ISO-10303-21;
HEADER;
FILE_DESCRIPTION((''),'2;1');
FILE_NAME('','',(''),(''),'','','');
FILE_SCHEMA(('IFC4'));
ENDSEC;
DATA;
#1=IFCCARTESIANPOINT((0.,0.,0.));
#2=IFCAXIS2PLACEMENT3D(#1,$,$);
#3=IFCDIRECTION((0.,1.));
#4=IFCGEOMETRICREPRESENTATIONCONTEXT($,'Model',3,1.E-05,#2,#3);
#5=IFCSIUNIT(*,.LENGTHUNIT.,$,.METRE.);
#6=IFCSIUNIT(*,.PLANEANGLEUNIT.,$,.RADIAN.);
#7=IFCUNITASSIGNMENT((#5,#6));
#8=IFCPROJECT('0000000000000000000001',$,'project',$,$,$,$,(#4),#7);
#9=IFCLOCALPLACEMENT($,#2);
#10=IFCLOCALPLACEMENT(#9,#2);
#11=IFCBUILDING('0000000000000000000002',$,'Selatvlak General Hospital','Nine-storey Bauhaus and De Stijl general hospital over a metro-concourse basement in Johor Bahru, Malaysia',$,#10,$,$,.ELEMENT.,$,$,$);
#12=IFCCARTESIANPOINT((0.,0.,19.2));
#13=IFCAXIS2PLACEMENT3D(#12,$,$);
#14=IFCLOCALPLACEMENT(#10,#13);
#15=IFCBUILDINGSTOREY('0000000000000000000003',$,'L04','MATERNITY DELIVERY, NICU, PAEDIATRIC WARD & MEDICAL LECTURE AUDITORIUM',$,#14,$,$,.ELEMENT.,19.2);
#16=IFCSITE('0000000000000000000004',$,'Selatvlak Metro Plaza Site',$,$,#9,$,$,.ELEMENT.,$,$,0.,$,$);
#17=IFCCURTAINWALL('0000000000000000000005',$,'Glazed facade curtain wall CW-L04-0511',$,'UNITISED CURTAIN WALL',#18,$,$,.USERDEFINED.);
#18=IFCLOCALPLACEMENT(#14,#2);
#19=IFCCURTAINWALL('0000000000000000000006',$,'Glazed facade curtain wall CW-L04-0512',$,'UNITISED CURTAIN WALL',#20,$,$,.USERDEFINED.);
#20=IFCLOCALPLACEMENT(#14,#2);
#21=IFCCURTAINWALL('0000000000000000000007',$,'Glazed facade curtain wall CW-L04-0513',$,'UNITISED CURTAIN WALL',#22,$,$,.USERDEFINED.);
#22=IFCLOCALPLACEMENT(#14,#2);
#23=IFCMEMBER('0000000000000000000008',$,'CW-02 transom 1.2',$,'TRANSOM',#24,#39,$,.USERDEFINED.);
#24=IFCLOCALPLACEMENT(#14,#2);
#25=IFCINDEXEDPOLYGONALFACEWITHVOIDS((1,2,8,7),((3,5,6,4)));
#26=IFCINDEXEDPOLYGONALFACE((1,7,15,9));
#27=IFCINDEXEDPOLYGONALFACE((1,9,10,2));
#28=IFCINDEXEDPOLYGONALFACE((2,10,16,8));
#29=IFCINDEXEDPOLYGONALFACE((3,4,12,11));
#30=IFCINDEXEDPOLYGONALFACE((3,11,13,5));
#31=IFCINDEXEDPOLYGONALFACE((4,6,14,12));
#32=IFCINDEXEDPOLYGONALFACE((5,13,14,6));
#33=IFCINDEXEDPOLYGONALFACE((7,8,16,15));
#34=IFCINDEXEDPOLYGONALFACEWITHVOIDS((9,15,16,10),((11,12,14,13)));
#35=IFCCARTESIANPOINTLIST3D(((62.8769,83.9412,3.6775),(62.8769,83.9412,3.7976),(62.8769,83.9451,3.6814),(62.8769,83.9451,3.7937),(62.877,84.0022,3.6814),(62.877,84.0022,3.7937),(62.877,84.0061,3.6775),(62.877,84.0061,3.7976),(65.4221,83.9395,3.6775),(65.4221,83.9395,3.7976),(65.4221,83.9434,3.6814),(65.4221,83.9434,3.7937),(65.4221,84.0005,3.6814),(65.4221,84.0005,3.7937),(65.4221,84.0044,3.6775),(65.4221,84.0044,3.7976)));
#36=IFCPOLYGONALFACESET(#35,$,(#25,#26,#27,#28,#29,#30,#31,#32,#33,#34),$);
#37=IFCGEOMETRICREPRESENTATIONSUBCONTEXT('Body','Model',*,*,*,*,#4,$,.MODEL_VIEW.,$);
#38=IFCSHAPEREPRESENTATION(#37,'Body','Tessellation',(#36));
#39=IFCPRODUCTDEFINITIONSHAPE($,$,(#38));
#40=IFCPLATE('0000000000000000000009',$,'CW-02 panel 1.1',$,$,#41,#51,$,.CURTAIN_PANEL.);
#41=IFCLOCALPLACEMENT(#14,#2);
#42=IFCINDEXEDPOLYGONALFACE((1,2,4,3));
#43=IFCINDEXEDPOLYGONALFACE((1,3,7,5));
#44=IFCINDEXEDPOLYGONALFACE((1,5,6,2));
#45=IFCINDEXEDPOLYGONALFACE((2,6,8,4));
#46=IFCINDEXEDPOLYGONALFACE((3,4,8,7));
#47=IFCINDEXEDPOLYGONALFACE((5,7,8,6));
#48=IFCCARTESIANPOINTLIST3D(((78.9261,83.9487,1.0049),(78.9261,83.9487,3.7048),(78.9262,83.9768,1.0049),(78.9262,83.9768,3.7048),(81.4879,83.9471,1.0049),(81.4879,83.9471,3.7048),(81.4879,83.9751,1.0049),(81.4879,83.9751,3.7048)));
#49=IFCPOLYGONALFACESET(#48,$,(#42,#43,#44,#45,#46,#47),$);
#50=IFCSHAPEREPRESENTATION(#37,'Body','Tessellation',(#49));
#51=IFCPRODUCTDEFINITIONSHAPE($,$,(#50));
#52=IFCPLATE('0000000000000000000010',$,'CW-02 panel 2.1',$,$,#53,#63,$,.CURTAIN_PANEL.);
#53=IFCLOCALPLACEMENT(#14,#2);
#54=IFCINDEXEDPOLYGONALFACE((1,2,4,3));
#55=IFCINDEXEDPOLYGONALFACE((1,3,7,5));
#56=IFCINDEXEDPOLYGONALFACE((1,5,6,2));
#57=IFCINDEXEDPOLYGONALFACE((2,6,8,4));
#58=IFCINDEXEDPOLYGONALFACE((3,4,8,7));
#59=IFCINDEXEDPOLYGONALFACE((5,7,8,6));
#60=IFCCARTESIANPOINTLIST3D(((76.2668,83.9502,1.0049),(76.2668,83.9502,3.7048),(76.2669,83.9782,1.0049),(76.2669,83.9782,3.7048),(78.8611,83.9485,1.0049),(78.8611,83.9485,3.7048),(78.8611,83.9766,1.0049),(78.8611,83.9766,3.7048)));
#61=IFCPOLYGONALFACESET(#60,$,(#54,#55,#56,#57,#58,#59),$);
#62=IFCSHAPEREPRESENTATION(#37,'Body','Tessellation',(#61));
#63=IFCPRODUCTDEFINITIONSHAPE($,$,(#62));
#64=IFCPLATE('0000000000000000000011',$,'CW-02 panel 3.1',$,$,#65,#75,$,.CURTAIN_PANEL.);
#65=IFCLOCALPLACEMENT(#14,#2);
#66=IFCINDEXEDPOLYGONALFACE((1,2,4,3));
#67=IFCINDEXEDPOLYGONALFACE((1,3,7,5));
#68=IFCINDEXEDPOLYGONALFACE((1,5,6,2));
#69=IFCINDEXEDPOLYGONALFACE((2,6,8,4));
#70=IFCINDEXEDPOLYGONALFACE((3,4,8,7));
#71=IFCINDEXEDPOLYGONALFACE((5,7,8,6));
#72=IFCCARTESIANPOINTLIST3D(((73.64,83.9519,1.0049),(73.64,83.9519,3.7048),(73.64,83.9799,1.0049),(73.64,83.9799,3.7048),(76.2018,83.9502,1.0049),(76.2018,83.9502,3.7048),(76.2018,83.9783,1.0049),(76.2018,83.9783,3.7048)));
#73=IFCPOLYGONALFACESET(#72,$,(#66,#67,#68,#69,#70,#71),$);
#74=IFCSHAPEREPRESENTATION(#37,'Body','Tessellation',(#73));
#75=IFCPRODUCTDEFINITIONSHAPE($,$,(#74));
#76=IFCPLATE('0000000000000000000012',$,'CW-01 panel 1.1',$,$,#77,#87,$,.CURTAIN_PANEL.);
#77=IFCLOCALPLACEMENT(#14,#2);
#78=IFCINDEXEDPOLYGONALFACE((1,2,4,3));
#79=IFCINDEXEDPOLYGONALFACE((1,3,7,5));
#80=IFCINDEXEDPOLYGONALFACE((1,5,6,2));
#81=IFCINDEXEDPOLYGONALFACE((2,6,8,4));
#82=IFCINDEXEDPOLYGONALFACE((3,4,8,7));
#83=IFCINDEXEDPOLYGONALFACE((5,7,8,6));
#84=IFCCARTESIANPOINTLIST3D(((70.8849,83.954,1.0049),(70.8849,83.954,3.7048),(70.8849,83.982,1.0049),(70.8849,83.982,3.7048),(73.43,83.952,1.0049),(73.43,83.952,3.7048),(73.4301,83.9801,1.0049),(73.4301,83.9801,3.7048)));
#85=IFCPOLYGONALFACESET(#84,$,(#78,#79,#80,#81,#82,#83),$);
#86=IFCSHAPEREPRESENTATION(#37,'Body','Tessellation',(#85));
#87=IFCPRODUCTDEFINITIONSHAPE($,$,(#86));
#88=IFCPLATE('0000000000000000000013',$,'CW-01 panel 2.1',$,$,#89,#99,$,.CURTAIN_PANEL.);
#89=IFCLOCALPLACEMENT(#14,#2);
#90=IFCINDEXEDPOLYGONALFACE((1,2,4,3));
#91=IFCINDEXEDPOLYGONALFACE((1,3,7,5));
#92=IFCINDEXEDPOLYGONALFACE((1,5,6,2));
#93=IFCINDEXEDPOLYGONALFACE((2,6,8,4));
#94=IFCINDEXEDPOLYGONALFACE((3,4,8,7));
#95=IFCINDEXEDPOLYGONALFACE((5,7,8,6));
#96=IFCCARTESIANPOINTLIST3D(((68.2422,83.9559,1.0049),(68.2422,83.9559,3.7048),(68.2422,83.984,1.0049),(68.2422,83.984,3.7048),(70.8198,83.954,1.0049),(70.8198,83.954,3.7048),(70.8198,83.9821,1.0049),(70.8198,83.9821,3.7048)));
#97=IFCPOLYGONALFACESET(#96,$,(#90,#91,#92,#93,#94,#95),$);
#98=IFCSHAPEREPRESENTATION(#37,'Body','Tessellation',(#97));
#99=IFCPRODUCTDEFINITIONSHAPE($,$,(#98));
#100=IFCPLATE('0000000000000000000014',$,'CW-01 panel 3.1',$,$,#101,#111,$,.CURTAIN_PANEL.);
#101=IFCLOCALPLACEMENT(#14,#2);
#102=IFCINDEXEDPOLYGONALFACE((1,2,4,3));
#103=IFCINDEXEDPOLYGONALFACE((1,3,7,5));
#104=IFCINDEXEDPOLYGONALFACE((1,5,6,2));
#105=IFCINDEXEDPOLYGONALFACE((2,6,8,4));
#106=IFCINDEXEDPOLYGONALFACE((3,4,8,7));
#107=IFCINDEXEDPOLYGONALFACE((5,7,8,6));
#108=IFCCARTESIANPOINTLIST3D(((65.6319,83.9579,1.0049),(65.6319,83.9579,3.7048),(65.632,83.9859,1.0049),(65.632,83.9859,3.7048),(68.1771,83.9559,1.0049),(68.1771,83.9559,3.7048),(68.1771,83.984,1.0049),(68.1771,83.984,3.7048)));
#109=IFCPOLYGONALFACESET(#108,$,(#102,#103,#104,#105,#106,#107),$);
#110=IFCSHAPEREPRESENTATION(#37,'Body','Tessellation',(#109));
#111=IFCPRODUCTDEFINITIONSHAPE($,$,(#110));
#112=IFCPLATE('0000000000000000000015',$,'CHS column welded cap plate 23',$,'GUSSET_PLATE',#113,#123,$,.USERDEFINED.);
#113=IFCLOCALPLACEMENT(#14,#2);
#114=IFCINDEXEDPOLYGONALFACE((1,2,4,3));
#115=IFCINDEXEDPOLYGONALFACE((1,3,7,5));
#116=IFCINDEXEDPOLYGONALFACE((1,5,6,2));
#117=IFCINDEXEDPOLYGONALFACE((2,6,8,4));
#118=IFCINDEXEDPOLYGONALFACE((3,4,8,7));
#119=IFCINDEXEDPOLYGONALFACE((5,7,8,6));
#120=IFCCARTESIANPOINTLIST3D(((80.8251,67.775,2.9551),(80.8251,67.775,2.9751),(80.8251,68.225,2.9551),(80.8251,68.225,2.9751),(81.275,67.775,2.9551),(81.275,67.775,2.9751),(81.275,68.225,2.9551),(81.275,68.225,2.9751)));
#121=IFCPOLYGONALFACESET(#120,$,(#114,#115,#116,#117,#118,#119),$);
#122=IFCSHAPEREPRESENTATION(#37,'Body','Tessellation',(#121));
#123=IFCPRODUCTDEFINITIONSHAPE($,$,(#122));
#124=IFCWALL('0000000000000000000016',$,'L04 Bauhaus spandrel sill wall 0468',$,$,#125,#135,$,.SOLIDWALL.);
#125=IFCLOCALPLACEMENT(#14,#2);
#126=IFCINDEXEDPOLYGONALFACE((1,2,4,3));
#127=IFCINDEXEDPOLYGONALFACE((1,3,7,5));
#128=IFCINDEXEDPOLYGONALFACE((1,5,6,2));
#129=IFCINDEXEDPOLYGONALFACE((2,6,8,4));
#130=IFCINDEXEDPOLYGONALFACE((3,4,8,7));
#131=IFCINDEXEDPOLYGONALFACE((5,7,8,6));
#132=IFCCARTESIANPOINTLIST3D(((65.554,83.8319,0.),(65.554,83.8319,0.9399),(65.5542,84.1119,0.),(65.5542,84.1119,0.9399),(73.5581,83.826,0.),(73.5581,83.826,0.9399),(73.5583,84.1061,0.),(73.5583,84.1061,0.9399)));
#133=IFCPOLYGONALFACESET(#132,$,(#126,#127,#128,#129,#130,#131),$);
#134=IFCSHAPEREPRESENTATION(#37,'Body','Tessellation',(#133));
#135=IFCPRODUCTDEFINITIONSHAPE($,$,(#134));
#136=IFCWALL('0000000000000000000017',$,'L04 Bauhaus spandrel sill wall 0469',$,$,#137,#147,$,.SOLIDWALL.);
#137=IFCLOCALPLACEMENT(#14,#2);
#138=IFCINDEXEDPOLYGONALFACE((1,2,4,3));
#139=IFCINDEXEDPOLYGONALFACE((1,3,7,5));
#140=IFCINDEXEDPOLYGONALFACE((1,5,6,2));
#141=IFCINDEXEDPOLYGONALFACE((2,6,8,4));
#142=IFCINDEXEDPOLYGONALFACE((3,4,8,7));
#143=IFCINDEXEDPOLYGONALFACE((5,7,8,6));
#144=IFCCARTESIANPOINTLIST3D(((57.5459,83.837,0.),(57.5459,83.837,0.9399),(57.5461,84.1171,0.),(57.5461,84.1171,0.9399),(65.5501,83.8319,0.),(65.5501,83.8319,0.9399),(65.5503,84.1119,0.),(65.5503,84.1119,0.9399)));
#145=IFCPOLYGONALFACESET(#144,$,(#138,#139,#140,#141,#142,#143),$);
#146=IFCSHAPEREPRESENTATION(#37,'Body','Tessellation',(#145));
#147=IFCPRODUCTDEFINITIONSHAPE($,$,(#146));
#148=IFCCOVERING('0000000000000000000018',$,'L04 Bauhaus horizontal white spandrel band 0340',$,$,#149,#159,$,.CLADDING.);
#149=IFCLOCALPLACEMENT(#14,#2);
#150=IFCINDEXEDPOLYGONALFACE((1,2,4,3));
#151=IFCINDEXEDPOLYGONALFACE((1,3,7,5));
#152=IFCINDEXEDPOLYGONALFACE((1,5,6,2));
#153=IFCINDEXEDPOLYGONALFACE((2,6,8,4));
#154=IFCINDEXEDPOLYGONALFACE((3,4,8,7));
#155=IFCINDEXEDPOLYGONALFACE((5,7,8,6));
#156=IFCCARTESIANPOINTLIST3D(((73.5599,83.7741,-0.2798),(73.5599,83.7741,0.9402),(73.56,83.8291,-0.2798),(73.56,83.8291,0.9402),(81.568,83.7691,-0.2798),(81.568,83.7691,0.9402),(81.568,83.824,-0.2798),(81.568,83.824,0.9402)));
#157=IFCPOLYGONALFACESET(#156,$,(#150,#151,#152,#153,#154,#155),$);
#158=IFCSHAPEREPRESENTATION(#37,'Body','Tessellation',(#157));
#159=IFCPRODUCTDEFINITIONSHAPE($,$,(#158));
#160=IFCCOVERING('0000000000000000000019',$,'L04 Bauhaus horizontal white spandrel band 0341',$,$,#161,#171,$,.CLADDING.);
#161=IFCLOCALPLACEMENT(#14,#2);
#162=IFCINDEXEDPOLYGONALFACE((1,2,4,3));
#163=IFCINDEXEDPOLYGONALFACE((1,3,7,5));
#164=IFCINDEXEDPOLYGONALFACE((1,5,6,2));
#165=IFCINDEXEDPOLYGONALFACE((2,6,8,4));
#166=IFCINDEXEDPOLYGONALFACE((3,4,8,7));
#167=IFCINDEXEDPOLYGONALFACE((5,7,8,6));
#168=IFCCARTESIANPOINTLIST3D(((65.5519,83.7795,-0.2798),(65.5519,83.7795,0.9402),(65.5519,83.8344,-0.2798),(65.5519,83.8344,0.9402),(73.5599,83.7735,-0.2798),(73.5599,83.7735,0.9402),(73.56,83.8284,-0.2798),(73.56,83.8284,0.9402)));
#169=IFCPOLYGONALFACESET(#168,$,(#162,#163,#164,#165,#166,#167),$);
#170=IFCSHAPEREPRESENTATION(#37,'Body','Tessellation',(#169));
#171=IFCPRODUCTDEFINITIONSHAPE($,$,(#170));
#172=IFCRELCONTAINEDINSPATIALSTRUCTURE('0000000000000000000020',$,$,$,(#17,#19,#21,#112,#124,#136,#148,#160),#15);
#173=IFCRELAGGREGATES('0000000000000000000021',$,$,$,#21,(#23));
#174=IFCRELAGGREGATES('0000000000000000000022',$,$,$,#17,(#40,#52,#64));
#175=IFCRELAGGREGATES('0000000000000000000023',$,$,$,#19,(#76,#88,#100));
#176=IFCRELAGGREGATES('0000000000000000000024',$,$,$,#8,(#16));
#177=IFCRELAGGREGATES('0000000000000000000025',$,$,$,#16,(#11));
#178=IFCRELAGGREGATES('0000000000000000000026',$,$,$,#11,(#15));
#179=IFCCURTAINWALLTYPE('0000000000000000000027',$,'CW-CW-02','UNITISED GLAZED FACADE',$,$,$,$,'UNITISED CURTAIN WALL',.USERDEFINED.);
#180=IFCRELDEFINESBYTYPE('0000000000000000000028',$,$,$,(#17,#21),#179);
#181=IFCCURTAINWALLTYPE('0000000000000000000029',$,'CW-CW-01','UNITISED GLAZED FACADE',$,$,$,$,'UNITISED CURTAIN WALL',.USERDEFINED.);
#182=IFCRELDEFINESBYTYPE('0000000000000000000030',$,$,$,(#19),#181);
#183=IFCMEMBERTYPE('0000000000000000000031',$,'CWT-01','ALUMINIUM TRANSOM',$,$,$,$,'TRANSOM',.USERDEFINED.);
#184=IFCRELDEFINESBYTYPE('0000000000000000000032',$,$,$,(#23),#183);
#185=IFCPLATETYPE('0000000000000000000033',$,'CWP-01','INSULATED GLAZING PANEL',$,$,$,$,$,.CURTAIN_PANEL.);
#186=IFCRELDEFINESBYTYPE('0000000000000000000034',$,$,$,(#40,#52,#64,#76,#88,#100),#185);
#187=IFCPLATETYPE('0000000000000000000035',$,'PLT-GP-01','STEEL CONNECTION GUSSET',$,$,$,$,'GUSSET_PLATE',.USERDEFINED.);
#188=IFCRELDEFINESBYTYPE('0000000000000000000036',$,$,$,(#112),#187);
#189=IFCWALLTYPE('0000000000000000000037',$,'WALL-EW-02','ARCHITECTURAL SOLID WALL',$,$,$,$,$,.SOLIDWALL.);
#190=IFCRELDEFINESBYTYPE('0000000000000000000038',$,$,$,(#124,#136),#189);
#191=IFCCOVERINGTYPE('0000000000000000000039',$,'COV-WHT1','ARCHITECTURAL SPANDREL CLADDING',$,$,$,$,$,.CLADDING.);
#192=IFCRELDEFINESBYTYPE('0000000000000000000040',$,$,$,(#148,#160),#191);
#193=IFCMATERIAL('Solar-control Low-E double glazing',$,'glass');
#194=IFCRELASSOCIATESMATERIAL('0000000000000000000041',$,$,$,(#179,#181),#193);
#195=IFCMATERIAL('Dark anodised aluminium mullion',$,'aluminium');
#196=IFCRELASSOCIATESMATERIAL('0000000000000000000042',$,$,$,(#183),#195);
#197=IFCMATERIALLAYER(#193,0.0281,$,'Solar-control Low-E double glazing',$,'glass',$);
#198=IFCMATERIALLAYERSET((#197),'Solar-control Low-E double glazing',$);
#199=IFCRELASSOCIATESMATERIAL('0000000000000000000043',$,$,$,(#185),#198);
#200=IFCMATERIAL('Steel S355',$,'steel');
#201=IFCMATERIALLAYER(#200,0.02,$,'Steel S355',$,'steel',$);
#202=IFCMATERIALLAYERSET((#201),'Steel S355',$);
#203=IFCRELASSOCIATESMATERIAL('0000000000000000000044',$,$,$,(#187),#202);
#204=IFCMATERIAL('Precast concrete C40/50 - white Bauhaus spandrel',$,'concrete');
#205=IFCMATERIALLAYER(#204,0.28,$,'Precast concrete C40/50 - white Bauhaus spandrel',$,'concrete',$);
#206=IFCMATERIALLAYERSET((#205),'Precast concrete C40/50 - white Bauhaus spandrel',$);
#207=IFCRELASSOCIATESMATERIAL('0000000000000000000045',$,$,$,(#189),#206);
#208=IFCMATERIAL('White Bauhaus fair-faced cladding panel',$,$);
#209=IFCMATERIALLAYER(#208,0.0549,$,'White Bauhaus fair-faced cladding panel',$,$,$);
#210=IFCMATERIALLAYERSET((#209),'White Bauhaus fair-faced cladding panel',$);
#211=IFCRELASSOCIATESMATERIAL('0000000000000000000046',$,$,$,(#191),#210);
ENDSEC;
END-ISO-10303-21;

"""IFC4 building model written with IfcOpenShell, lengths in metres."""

from ifc_helpers import new_model, si_unit, direction, frame, frame_2d, origin, origin_2d, place, context, subcontext, project, spatial, rectangle, hollow_rectangle, extrude, material, layer, layer_set, material_profile, profile_set, type_object, element, aggregate, save


model = new_model("IFC4")

# Units and contexts
model_context = context("Model", 3, precision=1e-05, world=origin(), true_north=direction((0.0, 1.0)))
body_context = subcontext(model_context, "Body", "Model", "MODEL_VIEW")
ifc_project = project(units=[si_unit("LENGTHUNIT", "METRE"), si_unit("PLANEANGLEUNIT", "RADIAN")], contexts=[model_context])

# Site, building, storey
site_placement = place(None, origin())
site = spatial("IfcSite", under=ifc_project, at=site_placement, Name="Selatvlak Metro Plaza Site", CompositionType="ELEMENT", RefElevation=0.0)
building_placement = place(site_placement, origin())
building = spatial("IfcBuilding", under=site, at=building_placement, Name="Selatvlak General Hospital", Description="Nine-storey Bauhaus and De Stijl general hospital over a metro-concourse basement in Johor Bahru, Malaysia", CompositionType="ELEMENT")
storey_placement = place(building_placement, frame((0.0, 0.0, 19.2)))
storey = spatial("IfcBuildingStorey", under=building, at=storey_placement, Name="L04", Description="MATERNITY DELIVERY, NICU, PAEDIATRIC WARD & MEDICAL LECTURE AUDITORIUM", CompositionType="ELEMENT", Elevation=19.2)

# Shared definitions
ifc_material_1 = material(Name="Steel S355", Category="steel")

# Curtain walls
ifc_material_2 = material(Name="Solar-control Low-E double glazing", Category="glass")
curtain_wall_type_1 = type_object("IfcCurtainWallType", Name="CW-CW-02", Description="UNITISED GLAZED FACADE", ElementType="UNITISED CURTAIN WALL", PredefinedType="USERDEFINED", material=ifc_material_2)
curtain_wall_1_placement = place(storey_placement, origin())
curtain_wall_1 = element("IfcCurtainWall", 1, at=curtain_wall_1_placement, inside=storey, type_object=curtain_wall_type_1, Name="Glazed facade curtain wall CW-L04-0511", ObjectType="UNITISED CURTAIN WALL", PredefinedType="USERDEFINED")
ifc_material_3 = material(Name="Dark anodised aluminium mullion", Category="aluminium")
curtain_wall_type_2 = type_object("IfcCurtainWallType", Name="CW-CW-01", Description="UNITISED GLAZED FACADE", ElementType="UNITISED CURTAIN WALL", PredefinedType="USERDEFINED", material=ifc_material_2)
curtain_wall_2_placement = place(storey_placement, origin())
curtain_wall_2 = element("IfcCurtainWall", 2, at=curtain_wall_2_placement, inside=storey, type_object=curtain_wall_type_2, Name="Glazed facade curtain wall CW-L04-0512", ObjectType="UNITISED CURTAIN WALL", PredefinedType="USERDEFINED")

# Curtain wall
curtain_wall_3_placement = place(storey_placement, origin())
curtain_wall_3 = element("IfcCurtainWall", 3, at=curtain_wall_3_placement, inside=storey, type_object=curtain_wall_type_1, Name="Glazed facade curtain wall CW-L04-0513", ObjectType="UNITISED CURTAIN WALL", PredefinedType="USERDEFINED")

# Member
ifc_material_profile_1 = material_profile(ifc_material_3, hollow_rectangle(XDim=0.0649, YDim=0.1201, WallThickness=0.0039, at=origin_2d()), Name="AL-TRN 65x120x4")
ifc_profile_set_1 = profile_set([ifc_material_profile_1], Name="Dark anodised aluminium mullion")
member_type_1 = type_object("IfcMemberType", Name="CWT-01", Description="ALUMINIUM TRANSOM", ElementType="TRANSOM", PredefinedType="USERDEFINED", material=ifc_profile_set_1)
member_1_placement = place(storey_placement, frame((65.4221, 83.9719, 3.7375), z_axis=(-1.0, 0.000671, 0.0), x_axis=(-0.000671, -1.0, 0.0)))
member_1 = element("IfcMember", 4, at=member_1_placement, type_object=member_type_1, Name="CW-02 transom 1.2", ObjectType="TRANSOM", PredefinedType="USERDEFINED", context=body_context, shape_type="SweptSolid", body=[
    extrude(hollow_rectangle(XDim=0.0649, YDim=0.1201, WallThickness=0.0039, at=origin_2d()), origin(), (0.0, 0.0, 1.0), 2.5452),
])
aggregate(curtain_wall_3, [member_1])

# Plates
ifc_layer_1 = layer(ifc_material_2, 0.0281, Name="Solar-control Low-E double glazing", Category="glass")
ifc_layer_set_1 = layer_set([ifc_layer_1], Name="Solar-control Low-E double glazing")
plate_type_1 = type_object("IfcPlateType", Name="CWP-01", Description="INSULATED GLAZING PANEL", PredefinedType="CURTAIN_PANEL", material=ifc_layer_set_1)
plate_1_placement = place(storey_placement, frame((80.207, 83.9619, 1.0049), z_axis=(0.0, 0.0, 1.0), x_axis=(-1.0, 0.000627, 0.0)))
plate_1 = element("IfcPlate", 5, at=plate_1_placement, type_object=plate_type_1, Name="CW-02 panel 1.1", PredefinedType="CURTAIN_PANEL", context=body_context, shape_type="SweptSolid", body=[
    extrude(rectangle(XDim=2.5618, YDim=0.0281, at=origin_2d()), origin(), (0.0, 0.0, 1.0), 2.7),
])
plate_2_placement = place(storey_placement, frame((77.564, 83.9634, 1.0049), z_axis=(0.0, 0.0, 1.0), x_axis=(-1.0, 0.000627, 0.0)))
plate_2 = element("IfcPlate", 6, at=plate_2_placement, type_object=plate_type_1, Name="CW-02 panel 2.1", PredefinedType="CURTAIN_PANEL", context=body_context, shape_type="SweptSolid", body=[
    extrude(rectangle(XDim=2.5942, YDim=0.0281, at=origin_2d()), origin(), (0.0, 0.0, 1.0), 2.7),
])
plate_3_placement = place(storey_placement, frame((74.9209, 83.9651, 1.0049), z_axis=(0.0, 0.0, 1.0), x_axis=(-1.0, 0.000627, 0.0)))
plate_3 = element("IfcPlate", 7, at=plate_3_placement, type_object=plate_type_1, Name="CW-02 panel 3.1", PredefinedType="CURTAIN_PANEL", context=body_context, shape_type="SweptSolid", body=[
    extrude(rectangle(XDim=2.5618, YDim=0.0281, at=origin_2d()), origin(), (0.0, 0.0, 1.0), 2.7),
])
aggregate(curtain_wall_1, [plate_1, plate_2, plate_3])
plate_4_placement = place(storey_placement, frame((72.1575, 83.967, 1.0049), z_axis=(0.0, 0.0, 1.0), x_axis=(-1.0, 0.000757, 0.0)))
plate_4 = element("IfcPlate", 8, at=plate_4_placement, type_object=plate_type_1, Name="CW-01 panel 1.1", PredefinedType="CURTAIN_PANEL", context=body_context, shape_type="SweptSolid", body=[
    extrude(rectangle(XDim=2.5452, YDim=0.0281, at=origin_2d()), origin(), (0.0, 0.0, 1.0), 2.7),
])
plate_5_placement = place(storey_placement, frame((69.531, 83.969, 1.0049), z_axis=(0.0, 0.0, 1.0), x_axis=(-1.0, 0.000757, 0.0)))
plate_5 = element("IfcPlate", 9, at=plate_5_placement, type_object=plate_type_1, Name="CW-01 panel 2.1", PredefinedType="CURTAIN_PANEL", context=body_context, shape_type="SweptSolid", body=[
    extrude(rectangle(XDim=2.5776, YDim=0.0281, at=origin_2d()), origin(), (0.0, 0.0, 1.0), 2.7),
])
plate_6_placement = place(storey_placement, frame((66.9045, 83.9709, 1.0049), z_axis=(0.0, 0.0, 1.0), x_axis=(-1.0, 0.000757, 0.0)))
plate_6 = element("IfcPlate", 10, at=plate_6_placement, type_object=plate_type_1, Name="CW-01 panel 3.1", PredefinedType="CURTAIN_PANEL", context=body_context, shape_type="SweptSolid", body=[
    extrude(rectangle(XDim=2.5452, YDim=0.0281, at=origin_2d()), origin(), (0.0, 0.0, 1.0), 2.7),
])
aggregate(curtain_wall_2, [plate_4, plate_5, plate_6])
ifc_layer_2 = layer(ifc_material_1, 0.02, Name="Steel S355", Category="steel")
ifc_layer_set_2 = layer_set([ifc_layer_2], Name="Steel S355")
plate_type_2 = type_object("IfcPlateType", Name="PLT-GP-01", Description="STEEL CONNECTION GUSSET", ElementType="GUSSET_PLATE", PredefinedType="USERDEFINED", material=ifc_layer_set_2)
plate_7_placement = place(storey_placement, frame((81.05, 68.0, 2.9551), z_axis=(0.0, 0.0, 1.0), x_axis=(1.0, 0.0, 0.0)))
element("IfcPlate", 11, at=plate_7_placement, inside=storey, type_object=plate_type_2, Name="CHS column welded cap plate 23", ObjectType="GUSSET_PLATE", PredefinedType="USERDEFINED", context=body_context, shape_type="SweptSolid", body=[
    extrude(rectangle(XDim=0.45, YDim=0.45, at=origin_2d()), origin(), (0.0, 0.0, 1.0), 0.02),
])

# Walls
ifc_material_4 = material(Name="Precast concrete C40/50 - white Bauhaus spandrel", Category="concrete")
ifc_layer_3 = layer(ifc_material_4, 0.28, Name="Precast concrete C40/50 - white Bauhaus spandrel", Category="concrete")
ifc_layer_set_3 = layer_set([ifc_layer_3], Name="Precast concrete C40/50 - white Bauhaus spandrel")
wall_type = type_object("IfcWallType", Name="WALL-EW-02", Description="ARCHITECTURAL SOLID WALL", PredefinedType="SOLIDWALL", material=ifc_layer_set_3)
for number, where, z_axis, x_axis, name in (
    (12, (73.5581, 83.9661, 0.0), (0.0, 0.0, 1.0), (-1.0, 0.000732, 0.0), "L04 Bauhaus spandrel sill wall 0468"),
    (13, (65.55, 83.9719, 0.0), (0.0, 0.0, 1.0), (-1.0, 0.000641, 0.0), "L04 Bauhaus spandrel sill wall 0469"),
):
    element("IfcWall", number, at=place(storey_placement, frame(where, z_axis=z_axis, x_axis=x_axis)), inside=storey, type_object=wall_type, Name=name, PredefinedType="SOLIDWALL", context=body_context, shape_type="SweptSolid", body=[
        extrude(rectangle(XDim=8.0042, YDim=0.28, at=frame_2d((4.002, 0.0))), origin(), (0.0, 0.0, 1.0), 0.9399),
    ])

# Coverings
ifc_material_5 = material(Name="White Bauhaus fair-faced cladding panel")
ifc_layer_4 = layer(ifc_material_5, 0.0549, Name="White Bauhaus fair-faced cladding panel")
ifc_layer_set_4 = layer_set([ifc_layer_4], Name="White Bauhaus fair-faced cladding panel")
covering_type = type_object("IfcCoveringType", Name="COV-WHT1", Description="ARCHITECTURAL SPANDREL CLADDING", PredefinedType="CLADDING", material=ifc_layer_set_4)
for number, where, z_axis, x_axis, name in (
    (14, (77.564, 83.7991, -0.2798), (0.0, 0.0, 1.0), (-1.0, 0.000628, 0.0), "L04 Bauhaus horizontal white spandrel band 0340"),
    (15, (69.5559, 83.804, -0.2798), (0.0, 0.0, 1.0), (-1.0, 0.00075, 0.0), "L04 Bauhaus horizontal white spandrel band 0341"),
):
    element("IfcCovering", number, at=place(storey_placement, frame(where, z_axis=z_axis, x_axis=x_axis)), inside=storey, type_object=covering_type, Name=name, PredefinedType="CLADDING", context=body_context, shape_type="SweptSolid", body=[
        extrude(rectangle(XDim=8.0081, YDim=0.0549, at=origin_2d()), origin(), (0.0, 0.0, 1.0), 1.22),
    ])

save(model, "model.ifc")
